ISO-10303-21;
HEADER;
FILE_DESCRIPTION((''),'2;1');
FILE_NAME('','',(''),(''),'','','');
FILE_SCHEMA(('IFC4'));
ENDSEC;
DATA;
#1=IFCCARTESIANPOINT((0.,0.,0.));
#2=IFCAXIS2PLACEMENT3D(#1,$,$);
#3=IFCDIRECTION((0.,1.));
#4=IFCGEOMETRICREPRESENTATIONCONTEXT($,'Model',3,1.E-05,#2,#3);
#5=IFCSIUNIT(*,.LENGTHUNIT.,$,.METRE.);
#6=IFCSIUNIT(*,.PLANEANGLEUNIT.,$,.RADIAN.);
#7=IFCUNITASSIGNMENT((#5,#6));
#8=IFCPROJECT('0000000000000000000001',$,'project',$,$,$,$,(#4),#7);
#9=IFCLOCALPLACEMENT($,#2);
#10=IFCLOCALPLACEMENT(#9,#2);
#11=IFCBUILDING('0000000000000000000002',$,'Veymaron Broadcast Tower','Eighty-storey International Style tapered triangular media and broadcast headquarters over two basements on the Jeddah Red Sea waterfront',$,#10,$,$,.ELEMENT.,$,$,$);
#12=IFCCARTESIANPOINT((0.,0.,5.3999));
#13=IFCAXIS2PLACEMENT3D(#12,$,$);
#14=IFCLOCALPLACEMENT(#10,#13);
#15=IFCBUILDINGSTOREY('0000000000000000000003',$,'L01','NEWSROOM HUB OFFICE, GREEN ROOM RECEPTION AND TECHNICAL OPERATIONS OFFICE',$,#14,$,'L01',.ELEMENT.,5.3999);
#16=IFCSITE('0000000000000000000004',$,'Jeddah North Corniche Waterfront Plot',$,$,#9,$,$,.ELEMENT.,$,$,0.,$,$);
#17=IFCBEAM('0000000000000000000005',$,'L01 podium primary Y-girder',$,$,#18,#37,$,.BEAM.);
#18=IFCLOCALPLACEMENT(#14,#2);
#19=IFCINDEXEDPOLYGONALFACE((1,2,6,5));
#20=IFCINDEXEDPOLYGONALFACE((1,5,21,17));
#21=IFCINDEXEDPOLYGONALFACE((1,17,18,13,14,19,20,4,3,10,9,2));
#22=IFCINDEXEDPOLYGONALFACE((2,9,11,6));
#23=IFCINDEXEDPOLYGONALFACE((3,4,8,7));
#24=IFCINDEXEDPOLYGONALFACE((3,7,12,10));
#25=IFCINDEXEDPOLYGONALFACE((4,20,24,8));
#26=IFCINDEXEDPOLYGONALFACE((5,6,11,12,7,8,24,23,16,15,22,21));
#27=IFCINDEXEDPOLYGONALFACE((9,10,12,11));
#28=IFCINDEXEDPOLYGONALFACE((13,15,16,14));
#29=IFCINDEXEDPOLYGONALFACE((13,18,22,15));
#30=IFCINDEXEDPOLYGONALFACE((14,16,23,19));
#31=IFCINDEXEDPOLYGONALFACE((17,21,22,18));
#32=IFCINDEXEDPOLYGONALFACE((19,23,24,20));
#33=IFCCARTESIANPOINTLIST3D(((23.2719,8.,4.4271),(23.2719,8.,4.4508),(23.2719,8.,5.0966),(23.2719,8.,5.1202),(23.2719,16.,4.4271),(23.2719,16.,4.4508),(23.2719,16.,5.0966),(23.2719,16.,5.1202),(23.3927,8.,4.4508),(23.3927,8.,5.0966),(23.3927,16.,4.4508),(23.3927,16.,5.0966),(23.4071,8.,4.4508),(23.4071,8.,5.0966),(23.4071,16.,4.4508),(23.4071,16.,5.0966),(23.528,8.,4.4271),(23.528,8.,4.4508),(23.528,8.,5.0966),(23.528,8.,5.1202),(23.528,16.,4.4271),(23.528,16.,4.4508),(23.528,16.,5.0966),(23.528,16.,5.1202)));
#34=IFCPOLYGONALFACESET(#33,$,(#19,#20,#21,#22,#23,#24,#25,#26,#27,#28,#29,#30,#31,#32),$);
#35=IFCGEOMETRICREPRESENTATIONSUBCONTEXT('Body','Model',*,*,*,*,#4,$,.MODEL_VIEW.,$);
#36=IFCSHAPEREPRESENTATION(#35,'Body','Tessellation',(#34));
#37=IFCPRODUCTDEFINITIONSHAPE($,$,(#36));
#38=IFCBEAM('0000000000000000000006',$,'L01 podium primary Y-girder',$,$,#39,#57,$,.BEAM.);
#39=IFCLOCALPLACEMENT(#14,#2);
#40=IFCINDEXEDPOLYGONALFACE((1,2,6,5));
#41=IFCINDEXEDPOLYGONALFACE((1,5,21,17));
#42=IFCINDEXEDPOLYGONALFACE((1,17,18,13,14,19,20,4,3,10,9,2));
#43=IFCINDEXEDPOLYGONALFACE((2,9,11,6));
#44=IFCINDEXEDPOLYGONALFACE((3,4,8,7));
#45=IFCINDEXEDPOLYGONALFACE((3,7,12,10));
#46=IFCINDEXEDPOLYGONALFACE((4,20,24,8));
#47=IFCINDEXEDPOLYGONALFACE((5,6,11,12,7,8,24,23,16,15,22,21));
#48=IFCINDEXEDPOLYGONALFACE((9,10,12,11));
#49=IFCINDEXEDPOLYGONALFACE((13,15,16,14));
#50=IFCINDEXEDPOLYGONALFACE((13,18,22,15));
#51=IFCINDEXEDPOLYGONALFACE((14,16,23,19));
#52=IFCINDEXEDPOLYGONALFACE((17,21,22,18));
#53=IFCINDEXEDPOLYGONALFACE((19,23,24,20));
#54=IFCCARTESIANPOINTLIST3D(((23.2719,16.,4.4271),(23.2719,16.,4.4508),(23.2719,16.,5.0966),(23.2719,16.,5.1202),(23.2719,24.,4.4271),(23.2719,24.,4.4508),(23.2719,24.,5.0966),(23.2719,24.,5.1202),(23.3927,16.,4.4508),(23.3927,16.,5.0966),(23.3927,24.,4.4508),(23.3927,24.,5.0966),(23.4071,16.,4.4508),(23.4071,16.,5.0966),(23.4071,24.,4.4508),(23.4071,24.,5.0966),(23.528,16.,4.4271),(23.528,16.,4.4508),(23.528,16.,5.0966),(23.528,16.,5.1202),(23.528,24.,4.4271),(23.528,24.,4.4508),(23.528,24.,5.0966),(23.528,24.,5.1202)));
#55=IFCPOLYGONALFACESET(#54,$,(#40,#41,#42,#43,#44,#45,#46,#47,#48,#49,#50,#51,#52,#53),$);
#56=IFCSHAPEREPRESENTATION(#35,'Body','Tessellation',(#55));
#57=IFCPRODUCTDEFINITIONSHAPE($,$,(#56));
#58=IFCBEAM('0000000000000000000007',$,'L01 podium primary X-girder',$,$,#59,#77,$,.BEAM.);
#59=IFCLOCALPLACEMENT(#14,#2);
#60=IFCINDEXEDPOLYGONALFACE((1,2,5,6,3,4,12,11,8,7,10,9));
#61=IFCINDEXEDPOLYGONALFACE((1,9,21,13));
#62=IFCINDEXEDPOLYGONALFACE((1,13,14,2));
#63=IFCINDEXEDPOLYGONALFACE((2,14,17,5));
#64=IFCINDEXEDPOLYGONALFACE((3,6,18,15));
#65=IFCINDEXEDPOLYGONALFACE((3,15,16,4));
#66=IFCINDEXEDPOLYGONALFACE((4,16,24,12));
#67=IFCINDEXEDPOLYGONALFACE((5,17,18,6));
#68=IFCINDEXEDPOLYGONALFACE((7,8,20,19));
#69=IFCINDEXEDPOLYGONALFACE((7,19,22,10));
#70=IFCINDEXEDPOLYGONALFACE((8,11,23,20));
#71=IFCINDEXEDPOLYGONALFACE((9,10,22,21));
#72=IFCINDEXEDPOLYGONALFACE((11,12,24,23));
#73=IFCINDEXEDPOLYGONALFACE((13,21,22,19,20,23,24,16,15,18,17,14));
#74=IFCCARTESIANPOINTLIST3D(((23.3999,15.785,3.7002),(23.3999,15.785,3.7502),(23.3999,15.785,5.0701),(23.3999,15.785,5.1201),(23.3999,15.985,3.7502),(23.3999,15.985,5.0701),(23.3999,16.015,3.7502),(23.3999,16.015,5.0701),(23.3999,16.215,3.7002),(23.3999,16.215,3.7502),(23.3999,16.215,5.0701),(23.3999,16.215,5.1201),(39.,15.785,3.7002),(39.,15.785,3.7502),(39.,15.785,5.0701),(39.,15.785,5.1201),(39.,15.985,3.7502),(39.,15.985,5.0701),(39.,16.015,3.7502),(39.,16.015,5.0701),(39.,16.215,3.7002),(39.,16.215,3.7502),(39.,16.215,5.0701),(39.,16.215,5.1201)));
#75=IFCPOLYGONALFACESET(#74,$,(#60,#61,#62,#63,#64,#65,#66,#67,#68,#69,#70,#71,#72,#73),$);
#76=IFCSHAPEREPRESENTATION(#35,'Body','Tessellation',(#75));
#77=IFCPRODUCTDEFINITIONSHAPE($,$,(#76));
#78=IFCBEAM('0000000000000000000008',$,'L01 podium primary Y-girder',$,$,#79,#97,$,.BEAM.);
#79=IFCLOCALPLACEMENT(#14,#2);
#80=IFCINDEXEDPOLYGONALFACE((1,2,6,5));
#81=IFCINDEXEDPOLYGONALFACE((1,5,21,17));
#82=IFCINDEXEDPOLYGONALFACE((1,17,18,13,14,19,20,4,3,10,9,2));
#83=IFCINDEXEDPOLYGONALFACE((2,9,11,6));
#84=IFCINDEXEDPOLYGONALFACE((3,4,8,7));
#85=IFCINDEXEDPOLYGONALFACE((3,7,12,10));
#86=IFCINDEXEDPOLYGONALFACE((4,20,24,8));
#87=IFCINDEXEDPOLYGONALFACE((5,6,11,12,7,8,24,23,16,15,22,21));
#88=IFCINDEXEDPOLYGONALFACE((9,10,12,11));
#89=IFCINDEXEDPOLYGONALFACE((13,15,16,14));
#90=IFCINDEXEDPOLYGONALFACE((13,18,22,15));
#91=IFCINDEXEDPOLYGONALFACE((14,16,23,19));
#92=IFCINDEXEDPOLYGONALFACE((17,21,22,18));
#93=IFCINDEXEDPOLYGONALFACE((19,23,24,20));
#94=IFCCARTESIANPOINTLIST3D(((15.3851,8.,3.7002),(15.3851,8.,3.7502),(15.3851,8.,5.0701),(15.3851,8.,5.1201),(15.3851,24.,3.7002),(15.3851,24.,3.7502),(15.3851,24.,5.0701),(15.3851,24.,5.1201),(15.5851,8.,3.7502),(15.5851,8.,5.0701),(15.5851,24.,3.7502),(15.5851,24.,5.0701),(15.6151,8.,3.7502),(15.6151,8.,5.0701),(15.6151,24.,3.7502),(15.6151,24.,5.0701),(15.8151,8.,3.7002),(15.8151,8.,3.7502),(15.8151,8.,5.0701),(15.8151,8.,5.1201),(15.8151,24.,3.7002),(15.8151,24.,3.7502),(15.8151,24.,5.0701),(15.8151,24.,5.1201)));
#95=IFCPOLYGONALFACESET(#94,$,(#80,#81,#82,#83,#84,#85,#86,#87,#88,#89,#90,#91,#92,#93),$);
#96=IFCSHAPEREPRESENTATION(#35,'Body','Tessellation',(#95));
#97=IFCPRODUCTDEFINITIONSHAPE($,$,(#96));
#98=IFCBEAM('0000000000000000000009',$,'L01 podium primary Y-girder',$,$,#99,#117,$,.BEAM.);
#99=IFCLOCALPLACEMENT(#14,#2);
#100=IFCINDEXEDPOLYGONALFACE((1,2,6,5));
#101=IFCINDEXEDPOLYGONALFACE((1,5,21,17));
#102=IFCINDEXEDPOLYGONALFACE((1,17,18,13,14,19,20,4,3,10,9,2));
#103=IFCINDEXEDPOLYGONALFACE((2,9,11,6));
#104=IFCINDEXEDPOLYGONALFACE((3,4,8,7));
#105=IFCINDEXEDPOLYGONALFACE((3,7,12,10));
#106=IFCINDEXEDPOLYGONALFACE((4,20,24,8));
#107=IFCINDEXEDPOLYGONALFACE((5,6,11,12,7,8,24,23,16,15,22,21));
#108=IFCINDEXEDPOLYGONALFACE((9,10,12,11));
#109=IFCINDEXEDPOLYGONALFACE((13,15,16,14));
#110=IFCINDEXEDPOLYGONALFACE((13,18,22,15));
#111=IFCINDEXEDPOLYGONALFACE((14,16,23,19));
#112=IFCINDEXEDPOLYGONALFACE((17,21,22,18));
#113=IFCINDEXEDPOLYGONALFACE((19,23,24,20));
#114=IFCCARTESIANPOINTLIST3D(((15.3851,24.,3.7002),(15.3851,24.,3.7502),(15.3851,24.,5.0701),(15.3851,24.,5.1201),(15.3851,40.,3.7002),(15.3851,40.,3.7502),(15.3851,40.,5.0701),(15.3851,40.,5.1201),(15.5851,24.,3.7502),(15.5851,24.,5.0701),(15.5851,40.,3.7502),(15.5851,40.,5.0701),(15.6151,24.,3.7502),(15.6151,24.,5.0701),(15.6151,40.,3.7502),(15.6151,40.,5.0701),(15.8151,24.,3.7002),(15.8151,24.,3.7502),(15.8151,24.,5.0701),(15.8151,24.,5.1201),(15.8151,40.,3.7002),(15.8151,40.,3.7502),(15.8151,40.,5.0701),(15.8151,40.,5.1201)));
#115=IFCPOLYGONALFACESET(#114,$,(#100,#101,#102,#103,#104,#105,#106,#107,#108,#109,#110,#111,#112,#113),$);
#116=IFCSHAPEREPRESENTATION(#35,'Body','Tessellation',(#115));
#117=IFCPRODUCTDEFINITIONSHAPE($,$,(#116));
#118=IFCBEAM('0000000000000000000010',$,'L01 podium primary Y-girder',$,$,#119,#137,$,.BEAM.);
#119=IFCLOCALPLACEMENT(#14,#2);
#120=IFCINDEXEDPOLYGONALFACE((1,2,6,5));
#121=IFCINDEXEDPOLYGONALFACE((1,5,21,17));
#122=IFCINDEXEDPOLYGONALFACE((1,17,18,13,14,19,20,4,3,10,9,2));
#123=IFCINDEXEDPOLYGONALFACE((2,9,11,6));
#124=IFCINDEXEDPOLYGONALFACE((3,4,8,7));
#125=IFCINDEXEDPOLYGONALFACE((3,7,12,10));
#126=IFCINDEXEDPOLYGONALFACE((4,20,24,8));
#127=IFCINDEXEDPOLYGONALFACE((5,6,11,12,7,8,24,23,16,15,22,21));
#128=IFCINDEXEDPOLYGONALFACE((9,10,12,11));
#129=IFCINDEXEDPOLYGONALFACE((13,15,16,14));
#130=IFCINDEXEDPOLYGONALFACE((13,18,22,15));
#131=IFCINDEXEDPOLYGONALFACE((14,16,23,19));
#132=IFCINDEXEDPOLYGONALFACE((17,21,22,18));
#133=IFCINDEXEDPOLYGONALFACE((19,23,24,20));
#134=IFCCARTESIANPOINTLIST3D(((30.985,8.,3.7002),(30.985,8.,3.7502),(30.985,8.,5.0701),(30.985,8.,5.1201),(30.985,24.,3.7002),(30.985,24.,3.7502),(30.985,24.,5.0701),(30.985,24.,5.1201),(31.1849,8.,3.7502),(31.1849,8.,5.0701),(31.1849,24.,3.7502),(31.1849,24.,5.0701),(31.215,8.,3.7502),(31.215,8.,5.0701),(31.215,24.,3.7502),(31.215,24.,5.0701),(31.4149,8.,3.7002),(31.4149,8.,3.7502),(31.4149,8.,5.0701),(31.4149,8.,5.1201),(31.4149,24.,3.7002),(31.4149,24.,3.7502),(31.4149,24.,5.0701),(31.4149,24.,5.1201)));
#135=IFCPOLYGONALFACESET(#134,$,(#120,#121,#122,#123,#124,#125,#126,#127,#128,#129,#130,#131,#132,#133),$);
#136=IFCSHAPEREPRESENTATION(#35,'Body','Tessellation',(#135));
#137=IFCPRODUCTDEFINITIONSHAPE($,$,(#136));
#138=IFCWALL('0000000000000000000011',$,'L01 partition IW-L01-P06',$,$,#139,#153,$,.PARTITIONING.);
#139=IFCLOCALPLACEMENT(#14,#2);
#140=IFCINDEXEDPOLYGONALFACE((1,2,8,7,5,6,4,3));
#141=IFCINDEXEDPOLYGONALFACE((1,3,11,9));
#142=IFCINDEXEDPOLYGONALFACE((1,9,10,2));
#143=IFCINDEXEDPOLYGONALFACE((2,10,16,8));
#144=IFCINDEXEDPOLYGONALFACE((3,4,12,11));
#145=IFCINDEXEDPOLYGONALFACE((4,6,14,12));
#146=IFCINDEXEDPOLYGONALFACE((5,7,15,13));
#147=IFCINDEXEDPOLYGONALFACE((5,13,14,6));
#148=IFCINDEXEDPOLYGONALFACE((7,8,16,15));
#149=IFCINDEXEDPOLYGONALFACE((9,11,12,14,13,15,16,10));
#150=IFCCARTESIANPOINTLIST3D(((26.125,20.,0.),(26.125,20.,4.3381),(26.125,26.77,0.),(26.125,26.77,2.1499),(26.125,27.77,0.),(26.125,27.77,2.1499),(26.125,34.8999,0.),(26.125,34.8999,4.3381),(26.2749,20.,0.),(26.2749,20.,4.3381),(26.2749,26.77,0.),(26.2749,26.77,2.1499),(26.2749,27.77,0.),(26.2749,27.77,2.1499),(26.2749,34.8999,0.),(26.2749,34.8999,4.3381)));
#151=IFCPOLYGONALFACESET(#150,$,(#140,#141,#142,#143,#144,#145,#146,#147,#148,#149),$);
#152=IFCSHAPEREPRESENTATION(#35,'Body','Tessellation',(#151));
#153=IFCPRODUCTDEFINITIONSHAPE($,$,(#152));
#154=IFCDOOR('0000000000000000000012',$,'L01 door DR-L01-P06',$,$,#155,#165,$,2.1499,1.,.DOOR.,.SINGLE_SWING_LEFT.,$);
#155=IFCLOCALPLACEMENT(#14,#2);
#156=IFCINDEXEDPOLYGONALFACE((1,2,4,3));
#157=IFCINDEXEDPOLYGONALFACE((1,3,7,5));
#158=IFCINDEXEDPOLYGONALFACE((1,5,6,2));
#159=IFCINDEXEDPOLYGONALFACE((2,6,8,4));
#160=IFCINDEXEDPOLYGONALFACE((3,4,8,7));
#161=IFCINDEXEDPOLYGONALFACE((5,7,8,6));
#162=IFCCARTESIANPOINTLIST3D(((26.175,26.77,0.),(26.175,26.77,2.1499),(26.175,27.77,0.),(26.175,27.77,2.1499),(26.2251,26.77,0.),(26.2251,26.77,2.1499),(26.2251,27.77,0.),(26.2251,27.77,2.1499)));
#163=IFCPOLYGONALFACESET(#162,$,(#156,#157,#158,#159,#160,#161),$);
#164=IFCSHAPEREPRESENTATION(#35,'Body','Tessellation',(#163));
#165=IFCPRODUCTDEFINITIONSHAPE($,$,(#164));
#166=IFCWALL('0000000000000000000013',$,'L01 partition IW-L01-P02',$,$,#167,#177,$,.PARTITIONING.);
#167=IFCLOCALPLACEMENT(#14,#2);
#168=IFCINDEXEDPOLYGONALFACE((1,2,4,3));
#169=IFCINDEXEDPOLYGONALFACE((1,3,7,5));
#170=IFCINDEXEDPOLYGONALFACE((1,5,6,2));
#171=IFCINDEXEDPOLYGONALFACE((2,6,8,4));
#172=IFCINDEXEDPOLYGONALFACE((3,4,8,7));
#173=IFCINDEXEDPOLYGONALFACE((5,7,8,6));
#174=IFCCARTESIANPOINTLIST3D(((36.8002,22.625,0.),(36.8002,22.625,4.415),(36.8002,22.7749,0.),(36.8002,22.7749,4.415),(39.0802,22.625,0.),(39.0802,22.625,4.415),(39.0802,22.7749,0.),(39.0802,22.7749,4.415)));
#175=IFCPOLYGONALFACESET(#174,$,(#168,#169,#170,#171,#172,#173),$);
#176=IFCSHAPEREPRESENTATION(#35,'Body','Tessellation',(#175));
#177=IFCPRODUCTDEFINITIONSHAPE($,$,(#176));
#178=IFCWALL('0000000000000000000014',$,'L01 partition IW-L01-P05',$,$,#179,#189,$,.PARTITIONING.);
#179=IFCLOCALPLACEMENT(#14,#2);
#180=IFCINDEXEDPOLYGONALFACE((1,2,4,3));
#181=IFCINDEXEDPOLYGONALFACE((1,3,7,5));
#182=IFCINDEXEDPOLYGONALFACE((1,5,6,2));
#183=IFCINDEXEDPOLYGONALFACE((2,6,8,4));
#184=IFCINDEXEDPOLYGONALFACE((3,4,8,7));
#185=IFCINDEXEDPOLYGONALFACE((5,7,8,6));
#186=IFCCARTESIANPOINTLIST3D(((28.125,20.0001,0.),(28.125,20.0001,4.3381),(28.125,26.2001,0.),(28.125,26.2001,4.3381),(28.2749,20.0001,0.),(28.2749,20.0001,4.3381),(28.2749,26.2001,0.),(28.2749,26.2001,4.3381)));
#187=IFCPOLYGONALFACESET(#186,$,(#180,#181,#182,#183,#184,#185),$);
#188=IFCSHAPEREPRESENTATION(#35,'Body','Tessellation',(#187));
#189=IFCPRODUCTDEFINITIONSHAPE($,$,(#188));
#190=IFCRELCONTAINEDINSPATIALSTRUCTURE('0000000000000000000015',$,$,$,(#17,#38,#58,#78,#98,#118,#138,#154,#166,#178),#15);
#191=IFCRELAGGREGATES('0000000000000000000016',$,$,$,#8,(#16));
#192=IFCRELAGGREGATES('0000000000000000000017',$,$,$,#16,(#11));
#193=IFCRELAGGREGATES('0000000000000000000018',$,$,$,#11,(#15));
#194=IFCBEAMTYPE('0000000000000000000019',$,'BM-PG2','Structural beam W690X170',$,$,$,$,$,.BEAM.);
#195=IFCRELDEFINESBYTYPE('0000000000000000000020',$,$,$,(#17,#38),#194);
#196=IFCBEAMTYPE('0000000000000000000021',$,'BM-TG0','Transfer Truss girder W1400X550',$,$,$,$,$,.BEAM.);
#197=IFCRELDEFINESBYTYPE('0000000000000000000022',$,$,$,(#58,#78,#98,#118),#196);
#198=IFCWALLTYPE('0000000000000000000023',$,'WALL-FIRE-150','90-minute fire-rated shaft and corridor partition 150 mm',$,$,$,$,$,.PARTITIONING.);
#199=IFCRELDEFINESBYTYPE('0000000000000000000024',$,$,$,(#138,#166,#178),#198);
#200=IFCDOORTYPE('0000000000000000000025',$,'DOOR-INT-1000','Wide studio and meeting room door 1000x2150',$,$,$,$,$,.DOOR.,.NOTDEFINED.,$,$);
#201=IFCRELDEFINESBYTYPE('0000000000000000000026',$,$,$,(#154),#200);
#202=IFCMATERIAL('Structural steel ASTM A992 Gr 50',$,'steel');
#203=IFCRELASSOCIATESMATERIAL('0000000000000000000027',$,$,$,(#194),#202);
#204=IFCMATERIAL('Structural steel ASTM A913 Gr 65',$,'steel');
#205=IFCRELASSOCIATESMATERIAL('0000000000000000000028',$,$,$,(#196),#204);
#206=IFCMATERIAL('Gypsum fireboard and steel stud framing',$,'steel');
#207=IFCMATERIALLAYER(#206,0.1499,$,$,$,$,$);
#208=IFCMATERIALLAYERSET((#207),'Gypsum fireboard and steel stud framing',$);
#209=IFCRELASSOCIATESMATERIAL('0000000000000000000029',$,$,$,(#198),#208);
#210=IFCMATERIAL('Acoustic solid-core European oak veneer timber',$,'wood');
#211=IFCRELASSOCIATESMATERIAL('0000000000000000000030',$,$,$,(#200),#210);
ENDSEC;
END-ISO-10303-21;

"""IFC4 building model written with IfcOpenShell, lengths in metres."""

from ifc_helpers import new_model, si_unit, direction, frame, frame_2d, origin, origin_2d, place, context, subcontext, project, spatial, rectangle, i_section, extrude, material, layer, layer_set, material_profile, profile_set, type_object, element, fill, save


model = new_model("IFC4")

# Units and contexts
model_context = context("Model", 3, precision=1e-05, world=origin(), true_north=direction((0.0, 1.0)))
body_context = subcontext(model_context, "Body", "Model", "MODEL_VIEW")
ifc_project = project(units=[si_unit("LENGTHUNIT", "METRE"), si_unit("PLANEANGLEUNIT", "RADIAN")], contexts=[model_context])

# Site, building, storey
site_placement = place(None, origin())
site = spatial("IfcSite", under=ifc_project, at=site_placement, Name="Jeddah North Corniche Waterfront Plot", CompositionType="ELEMENT", RefElevation=0.0)
building_placement = place(site_placement, origin())
building = spatial("IfcBuilding", under=site, at=building_placement, Name="Veymaron Broadcast Tower", Description="Eighty-storey International Style tapered triangular media and broadcast headquarters over two basements on the Jeddah Red Sea waterfront", CompositionType="ELEMENT")
storey_placement = place(building_placement, frame((0.0, 0.0, 5.3999)))
storey = spatial("IfcBuildingStorey", under=building, at=storey_placement, Name="L01", Description="NEWSROOM HUB OFFICE, GREEN ROOM RECEPTION AND TECHNICAL OPERATIONS OFFICE", LongName="L01", CompositionType="ELEMENT", Elevation=5.3999)

# Shared definitions
ifc_material_1 = material(Name="Structural steel ASTM A913 Gr 65", Category="steel")

# Beams
ifc_material_2 = material(Name="Structural steel ASTM A992 Gr 50", Category="steel")
ifc_material_profile_1 = material_profile(ifc_material_2, i_section(OverallWidth=0.2561, OverallDepth=0.6931, WebThickness=0.0144, FlangeThickness=0.0237, at=origin_2d()), Name="W690X170")
ifc_profile_set_1 = profile_set([ifc_material_profile_1], Name="Structural steel ASTM A992 Gr 50")
beam_type_1 = type_object("IfcBeamType", Name="BM-PG2", Description="Structural beam W690X170", PredefinedType="BEAM", material=ifc_profile_set_1)
for number, where, z_axis, x_axis, name in (
    (1, (23.3999, 8.0, 4.7737), (0.0, 1.0, 0.0), (-1.0, 0.0, 0.0), "L01 podium primary Y-girder"),
    (2, (23.3999, 16.0, 4.7737), (0.0, 1.0, 0.0), (-1.0, 0.0, 0.0), "L01 podium primary Y-girder"),
):
    element("IfcBeam", number, at=place(storey_placement, frame(where, z_axis=z_axis, x_axis=x_axis)), inside=storey, type_object=beam_type_1, Name=name, PredefinedType="BEAM", context=body_context, shape_type="SweptSolid", body=[
        extrude(i_section(OverallWidth=0.2561, OverallDepth=0.6931, WebThickness=0.0144, FlangeThickness=0.0237, at=origin_2d()), origin(), (0.0, 0.0, 1.0), 8.0),
    ])
ifc_material_profile_2 = material_profile(ifc_material_1, i_section(OverallWidth=0.4299, OverallDepth=1.4199, WebThickness=0.03, FlangeThickness=0.05, at=origin_2d()), Name="W1400X550")
ifc_profile_set_2 = profile_set([ifc_material_profile_2], Name="Structural steel ASTM A913 Gr 65")
beam_type_2 = type_object("IfcBeamType", Name="BM-TG0", Description="Transfer Truss girder W1400X550", PredefinedType="BEAM", material=ifc_profile_set_2)
beam_1_placement = place(storey_placement, frame((23.3999, 16.0, 4.4102), z_axis=(1.0, 0.0, 0.0), x_axis=(0.0, 1.0, 0.0)))
element("IfcBeam", 3, at=beam_1_placement, inside=storey, type_object=beam_type_2, Name="L01 podium primary X-girder", PredefinedType="BEAM", context=body_context, shape_type="SweptSolid", body=[
    extrude(i_section(OverallWidth=0.4299, OverallDepth=1.4199, WebThickness=0.03, FlangeThickness=0.05, at=origin_2d()), origin(), (0.0, 0.0, 1.0), 15.6001),
])
for number, where, z_axis, x_axis, name in (
    (4, (15.6001, 8.0, 4.4102), (0.0, 1.0, 0.0), (-1.0, 0.0, 0.0), "L01 podium primary Y-girder"),
    (5, (15.6001, 24.0, 4.4102), (0.0, 1.0, 0.0), (-1.0, 0.0, 0.0), "L01 podium primary Y-girder"),
    (6, (31.2, 8.0, 4.4102), (0.0, 1.0, 0.0), (-1.0, 0.0, 0.0), "L01 podium primary Y-girder"),
):
    element("IfcBeam", number, at=place(storey_placement, frame(where, z_axis=z_axis, x_axis=x_axis)), inside=storey, type_object=beam_type_2, Name=name, PredefinedType="BEAM", context=body_context, shape_type="SweptSolid", body=[
        extrude(i_section(OverallWidth=0.4299, OverallDepth=1.4199, WebThickness=0.03, FlangeThickness=0.05, at=origin_2d()), origin(), (0.0, 0.0, 1.0), 16.0),
    ])

# Wall, opening, door
ifc_material_3 = material(Name="Gypsum fireboard and steel stud framing", Category="steel")
ifc_layer_1 = layer(ifc_material_3, 0.1499)
ifc_layer_set_1 = layer_set([ifc_layer_1], Name="Gypsum fireboard and steel stud framing")
wall_type_1 = type_object("IfcWallType", Name="WALL-FIRE-150", Description="90-minute fire-rated shaft and corridor partition 150 mm", PredefinedType="PARTITIONING", material=ifc_layer_set_1)
ifc_material_4 = material(Name="Acoustic solid-core European oak veneer timber", Category="wood")
door_type = type_object("IfcDoorType", Name="DOOR-INT-1000", Description="Wide studio and meeting room door 1000x2150", OperationType="NOTDEFINED", PredefinedType="DOOR", material=ifc_material_4)
wall_1_placement = place(storey_placement, frame((26.2, 20.0, 0.0), z_axis=(0.0, 0.0, 1.0), x_axis=(0.0, 1.0, 0.0)))
wall_1 = element("IfcWall", 7, at=wall_1_placement, inside=storey, type_object=wall_type_1, Name="L01 partition IW-L01-P06", PredefinedType="PARTITIONING", context=body_context, shape_type="SweptSolid", body=[
    extrude(rectangle(XDim=14.8999, YDim=0.1499, at=frame_2d((7.45, 0.0))), origin(), (0.0, 0.0, 1.0), 4.3381),
])
opening_1_placement = place(wall_1_placement, frame((6.77, 0.0, 0.0)))
opening_1 = element("IfcOpeningElement", 8, at=opening_1_placement, cuts=wall_1, PredefinedType="OPENING", context=body_context, shape_type="SweptSolid", body=[
    extrude(rectangle(XDim=1.0, YDim=2.1499, at=frame_2d((0.5, 1.075))), frame((0.0, 0.085, 0.0), z_axis=(0.0, -1.0, 0.0), x_axis=(1.0, 0.0, 0.0)), (0.0, 0.0, 1.0), 0.1699),
])
door_1_placement = place(opening_1_placement, origin())
door_1 = element("IfcDoor", 9, at=door_1_placement, inside=storey, type_object=door_type, Name="L01 door DR-L01-P06", OperationType="SINGLE_SWING_LEFT", OverallHeight=2.1499, OverallWidth=1.0, PredefinedType="DOOR", context=body_context, shape_type="SweptSolid", body=[
    extrude(rectangle(XDim=1.0, YDim=2.1499, at=frame_2d((0.5, 1.075))), frame((0.0, 0.0249, 0.0), z_axis=(0.0, -1.0, 0.0), x_axis=(1.0, 0.0, 0.0)), (0.0, 0.0, 1.0), 0.05),
])
fill(opening_1, door_1)

# Walls
wall_2_placement = place(storey_placement, frame((36.8, 22.7, 0.0), z_axis=(0.0, 0.0, 1.0), x_axis=(1.0, 0.0, 0.0)))
element("IfcWall", 10, at=wall_2_placement, inside=storey, type_object=wall_type_1, Name="L01 partition IW-L01-P02", PredefinedType="PARTITIONING", context=body_context, shape_type="SweptSolid", body=[
    extrude(rectangle(XDim=2.28, YDim=0.1499, at=frame_2d((1.1401, 0.0))), origin(), (0.0, 0.0, 1.0), 4.415),
])
wall_3_placement = place(storey_placement, frame((28.2, 20.0, 0.0), z_axis=(0.0, 0.0, 1.0), x_axis=(0.0, 1.0, 0.0)))
element("IfcWall", 11, at=wall_3_placement, inside=storey, type_object=wall_type_1, Name="L01 partition IW-L01-P05", PredefinedType="PARTITIONING", context=body_context, shape_type="SweptSolid", body=[
    extrude(rectangle(XDim=6.2, YDim=0.1499, at=frame_2d((3.1001, 0.0))), origin(), (0.0, 0.0, 1.0), 4.3381),
])

save(model, "model.ifc")
